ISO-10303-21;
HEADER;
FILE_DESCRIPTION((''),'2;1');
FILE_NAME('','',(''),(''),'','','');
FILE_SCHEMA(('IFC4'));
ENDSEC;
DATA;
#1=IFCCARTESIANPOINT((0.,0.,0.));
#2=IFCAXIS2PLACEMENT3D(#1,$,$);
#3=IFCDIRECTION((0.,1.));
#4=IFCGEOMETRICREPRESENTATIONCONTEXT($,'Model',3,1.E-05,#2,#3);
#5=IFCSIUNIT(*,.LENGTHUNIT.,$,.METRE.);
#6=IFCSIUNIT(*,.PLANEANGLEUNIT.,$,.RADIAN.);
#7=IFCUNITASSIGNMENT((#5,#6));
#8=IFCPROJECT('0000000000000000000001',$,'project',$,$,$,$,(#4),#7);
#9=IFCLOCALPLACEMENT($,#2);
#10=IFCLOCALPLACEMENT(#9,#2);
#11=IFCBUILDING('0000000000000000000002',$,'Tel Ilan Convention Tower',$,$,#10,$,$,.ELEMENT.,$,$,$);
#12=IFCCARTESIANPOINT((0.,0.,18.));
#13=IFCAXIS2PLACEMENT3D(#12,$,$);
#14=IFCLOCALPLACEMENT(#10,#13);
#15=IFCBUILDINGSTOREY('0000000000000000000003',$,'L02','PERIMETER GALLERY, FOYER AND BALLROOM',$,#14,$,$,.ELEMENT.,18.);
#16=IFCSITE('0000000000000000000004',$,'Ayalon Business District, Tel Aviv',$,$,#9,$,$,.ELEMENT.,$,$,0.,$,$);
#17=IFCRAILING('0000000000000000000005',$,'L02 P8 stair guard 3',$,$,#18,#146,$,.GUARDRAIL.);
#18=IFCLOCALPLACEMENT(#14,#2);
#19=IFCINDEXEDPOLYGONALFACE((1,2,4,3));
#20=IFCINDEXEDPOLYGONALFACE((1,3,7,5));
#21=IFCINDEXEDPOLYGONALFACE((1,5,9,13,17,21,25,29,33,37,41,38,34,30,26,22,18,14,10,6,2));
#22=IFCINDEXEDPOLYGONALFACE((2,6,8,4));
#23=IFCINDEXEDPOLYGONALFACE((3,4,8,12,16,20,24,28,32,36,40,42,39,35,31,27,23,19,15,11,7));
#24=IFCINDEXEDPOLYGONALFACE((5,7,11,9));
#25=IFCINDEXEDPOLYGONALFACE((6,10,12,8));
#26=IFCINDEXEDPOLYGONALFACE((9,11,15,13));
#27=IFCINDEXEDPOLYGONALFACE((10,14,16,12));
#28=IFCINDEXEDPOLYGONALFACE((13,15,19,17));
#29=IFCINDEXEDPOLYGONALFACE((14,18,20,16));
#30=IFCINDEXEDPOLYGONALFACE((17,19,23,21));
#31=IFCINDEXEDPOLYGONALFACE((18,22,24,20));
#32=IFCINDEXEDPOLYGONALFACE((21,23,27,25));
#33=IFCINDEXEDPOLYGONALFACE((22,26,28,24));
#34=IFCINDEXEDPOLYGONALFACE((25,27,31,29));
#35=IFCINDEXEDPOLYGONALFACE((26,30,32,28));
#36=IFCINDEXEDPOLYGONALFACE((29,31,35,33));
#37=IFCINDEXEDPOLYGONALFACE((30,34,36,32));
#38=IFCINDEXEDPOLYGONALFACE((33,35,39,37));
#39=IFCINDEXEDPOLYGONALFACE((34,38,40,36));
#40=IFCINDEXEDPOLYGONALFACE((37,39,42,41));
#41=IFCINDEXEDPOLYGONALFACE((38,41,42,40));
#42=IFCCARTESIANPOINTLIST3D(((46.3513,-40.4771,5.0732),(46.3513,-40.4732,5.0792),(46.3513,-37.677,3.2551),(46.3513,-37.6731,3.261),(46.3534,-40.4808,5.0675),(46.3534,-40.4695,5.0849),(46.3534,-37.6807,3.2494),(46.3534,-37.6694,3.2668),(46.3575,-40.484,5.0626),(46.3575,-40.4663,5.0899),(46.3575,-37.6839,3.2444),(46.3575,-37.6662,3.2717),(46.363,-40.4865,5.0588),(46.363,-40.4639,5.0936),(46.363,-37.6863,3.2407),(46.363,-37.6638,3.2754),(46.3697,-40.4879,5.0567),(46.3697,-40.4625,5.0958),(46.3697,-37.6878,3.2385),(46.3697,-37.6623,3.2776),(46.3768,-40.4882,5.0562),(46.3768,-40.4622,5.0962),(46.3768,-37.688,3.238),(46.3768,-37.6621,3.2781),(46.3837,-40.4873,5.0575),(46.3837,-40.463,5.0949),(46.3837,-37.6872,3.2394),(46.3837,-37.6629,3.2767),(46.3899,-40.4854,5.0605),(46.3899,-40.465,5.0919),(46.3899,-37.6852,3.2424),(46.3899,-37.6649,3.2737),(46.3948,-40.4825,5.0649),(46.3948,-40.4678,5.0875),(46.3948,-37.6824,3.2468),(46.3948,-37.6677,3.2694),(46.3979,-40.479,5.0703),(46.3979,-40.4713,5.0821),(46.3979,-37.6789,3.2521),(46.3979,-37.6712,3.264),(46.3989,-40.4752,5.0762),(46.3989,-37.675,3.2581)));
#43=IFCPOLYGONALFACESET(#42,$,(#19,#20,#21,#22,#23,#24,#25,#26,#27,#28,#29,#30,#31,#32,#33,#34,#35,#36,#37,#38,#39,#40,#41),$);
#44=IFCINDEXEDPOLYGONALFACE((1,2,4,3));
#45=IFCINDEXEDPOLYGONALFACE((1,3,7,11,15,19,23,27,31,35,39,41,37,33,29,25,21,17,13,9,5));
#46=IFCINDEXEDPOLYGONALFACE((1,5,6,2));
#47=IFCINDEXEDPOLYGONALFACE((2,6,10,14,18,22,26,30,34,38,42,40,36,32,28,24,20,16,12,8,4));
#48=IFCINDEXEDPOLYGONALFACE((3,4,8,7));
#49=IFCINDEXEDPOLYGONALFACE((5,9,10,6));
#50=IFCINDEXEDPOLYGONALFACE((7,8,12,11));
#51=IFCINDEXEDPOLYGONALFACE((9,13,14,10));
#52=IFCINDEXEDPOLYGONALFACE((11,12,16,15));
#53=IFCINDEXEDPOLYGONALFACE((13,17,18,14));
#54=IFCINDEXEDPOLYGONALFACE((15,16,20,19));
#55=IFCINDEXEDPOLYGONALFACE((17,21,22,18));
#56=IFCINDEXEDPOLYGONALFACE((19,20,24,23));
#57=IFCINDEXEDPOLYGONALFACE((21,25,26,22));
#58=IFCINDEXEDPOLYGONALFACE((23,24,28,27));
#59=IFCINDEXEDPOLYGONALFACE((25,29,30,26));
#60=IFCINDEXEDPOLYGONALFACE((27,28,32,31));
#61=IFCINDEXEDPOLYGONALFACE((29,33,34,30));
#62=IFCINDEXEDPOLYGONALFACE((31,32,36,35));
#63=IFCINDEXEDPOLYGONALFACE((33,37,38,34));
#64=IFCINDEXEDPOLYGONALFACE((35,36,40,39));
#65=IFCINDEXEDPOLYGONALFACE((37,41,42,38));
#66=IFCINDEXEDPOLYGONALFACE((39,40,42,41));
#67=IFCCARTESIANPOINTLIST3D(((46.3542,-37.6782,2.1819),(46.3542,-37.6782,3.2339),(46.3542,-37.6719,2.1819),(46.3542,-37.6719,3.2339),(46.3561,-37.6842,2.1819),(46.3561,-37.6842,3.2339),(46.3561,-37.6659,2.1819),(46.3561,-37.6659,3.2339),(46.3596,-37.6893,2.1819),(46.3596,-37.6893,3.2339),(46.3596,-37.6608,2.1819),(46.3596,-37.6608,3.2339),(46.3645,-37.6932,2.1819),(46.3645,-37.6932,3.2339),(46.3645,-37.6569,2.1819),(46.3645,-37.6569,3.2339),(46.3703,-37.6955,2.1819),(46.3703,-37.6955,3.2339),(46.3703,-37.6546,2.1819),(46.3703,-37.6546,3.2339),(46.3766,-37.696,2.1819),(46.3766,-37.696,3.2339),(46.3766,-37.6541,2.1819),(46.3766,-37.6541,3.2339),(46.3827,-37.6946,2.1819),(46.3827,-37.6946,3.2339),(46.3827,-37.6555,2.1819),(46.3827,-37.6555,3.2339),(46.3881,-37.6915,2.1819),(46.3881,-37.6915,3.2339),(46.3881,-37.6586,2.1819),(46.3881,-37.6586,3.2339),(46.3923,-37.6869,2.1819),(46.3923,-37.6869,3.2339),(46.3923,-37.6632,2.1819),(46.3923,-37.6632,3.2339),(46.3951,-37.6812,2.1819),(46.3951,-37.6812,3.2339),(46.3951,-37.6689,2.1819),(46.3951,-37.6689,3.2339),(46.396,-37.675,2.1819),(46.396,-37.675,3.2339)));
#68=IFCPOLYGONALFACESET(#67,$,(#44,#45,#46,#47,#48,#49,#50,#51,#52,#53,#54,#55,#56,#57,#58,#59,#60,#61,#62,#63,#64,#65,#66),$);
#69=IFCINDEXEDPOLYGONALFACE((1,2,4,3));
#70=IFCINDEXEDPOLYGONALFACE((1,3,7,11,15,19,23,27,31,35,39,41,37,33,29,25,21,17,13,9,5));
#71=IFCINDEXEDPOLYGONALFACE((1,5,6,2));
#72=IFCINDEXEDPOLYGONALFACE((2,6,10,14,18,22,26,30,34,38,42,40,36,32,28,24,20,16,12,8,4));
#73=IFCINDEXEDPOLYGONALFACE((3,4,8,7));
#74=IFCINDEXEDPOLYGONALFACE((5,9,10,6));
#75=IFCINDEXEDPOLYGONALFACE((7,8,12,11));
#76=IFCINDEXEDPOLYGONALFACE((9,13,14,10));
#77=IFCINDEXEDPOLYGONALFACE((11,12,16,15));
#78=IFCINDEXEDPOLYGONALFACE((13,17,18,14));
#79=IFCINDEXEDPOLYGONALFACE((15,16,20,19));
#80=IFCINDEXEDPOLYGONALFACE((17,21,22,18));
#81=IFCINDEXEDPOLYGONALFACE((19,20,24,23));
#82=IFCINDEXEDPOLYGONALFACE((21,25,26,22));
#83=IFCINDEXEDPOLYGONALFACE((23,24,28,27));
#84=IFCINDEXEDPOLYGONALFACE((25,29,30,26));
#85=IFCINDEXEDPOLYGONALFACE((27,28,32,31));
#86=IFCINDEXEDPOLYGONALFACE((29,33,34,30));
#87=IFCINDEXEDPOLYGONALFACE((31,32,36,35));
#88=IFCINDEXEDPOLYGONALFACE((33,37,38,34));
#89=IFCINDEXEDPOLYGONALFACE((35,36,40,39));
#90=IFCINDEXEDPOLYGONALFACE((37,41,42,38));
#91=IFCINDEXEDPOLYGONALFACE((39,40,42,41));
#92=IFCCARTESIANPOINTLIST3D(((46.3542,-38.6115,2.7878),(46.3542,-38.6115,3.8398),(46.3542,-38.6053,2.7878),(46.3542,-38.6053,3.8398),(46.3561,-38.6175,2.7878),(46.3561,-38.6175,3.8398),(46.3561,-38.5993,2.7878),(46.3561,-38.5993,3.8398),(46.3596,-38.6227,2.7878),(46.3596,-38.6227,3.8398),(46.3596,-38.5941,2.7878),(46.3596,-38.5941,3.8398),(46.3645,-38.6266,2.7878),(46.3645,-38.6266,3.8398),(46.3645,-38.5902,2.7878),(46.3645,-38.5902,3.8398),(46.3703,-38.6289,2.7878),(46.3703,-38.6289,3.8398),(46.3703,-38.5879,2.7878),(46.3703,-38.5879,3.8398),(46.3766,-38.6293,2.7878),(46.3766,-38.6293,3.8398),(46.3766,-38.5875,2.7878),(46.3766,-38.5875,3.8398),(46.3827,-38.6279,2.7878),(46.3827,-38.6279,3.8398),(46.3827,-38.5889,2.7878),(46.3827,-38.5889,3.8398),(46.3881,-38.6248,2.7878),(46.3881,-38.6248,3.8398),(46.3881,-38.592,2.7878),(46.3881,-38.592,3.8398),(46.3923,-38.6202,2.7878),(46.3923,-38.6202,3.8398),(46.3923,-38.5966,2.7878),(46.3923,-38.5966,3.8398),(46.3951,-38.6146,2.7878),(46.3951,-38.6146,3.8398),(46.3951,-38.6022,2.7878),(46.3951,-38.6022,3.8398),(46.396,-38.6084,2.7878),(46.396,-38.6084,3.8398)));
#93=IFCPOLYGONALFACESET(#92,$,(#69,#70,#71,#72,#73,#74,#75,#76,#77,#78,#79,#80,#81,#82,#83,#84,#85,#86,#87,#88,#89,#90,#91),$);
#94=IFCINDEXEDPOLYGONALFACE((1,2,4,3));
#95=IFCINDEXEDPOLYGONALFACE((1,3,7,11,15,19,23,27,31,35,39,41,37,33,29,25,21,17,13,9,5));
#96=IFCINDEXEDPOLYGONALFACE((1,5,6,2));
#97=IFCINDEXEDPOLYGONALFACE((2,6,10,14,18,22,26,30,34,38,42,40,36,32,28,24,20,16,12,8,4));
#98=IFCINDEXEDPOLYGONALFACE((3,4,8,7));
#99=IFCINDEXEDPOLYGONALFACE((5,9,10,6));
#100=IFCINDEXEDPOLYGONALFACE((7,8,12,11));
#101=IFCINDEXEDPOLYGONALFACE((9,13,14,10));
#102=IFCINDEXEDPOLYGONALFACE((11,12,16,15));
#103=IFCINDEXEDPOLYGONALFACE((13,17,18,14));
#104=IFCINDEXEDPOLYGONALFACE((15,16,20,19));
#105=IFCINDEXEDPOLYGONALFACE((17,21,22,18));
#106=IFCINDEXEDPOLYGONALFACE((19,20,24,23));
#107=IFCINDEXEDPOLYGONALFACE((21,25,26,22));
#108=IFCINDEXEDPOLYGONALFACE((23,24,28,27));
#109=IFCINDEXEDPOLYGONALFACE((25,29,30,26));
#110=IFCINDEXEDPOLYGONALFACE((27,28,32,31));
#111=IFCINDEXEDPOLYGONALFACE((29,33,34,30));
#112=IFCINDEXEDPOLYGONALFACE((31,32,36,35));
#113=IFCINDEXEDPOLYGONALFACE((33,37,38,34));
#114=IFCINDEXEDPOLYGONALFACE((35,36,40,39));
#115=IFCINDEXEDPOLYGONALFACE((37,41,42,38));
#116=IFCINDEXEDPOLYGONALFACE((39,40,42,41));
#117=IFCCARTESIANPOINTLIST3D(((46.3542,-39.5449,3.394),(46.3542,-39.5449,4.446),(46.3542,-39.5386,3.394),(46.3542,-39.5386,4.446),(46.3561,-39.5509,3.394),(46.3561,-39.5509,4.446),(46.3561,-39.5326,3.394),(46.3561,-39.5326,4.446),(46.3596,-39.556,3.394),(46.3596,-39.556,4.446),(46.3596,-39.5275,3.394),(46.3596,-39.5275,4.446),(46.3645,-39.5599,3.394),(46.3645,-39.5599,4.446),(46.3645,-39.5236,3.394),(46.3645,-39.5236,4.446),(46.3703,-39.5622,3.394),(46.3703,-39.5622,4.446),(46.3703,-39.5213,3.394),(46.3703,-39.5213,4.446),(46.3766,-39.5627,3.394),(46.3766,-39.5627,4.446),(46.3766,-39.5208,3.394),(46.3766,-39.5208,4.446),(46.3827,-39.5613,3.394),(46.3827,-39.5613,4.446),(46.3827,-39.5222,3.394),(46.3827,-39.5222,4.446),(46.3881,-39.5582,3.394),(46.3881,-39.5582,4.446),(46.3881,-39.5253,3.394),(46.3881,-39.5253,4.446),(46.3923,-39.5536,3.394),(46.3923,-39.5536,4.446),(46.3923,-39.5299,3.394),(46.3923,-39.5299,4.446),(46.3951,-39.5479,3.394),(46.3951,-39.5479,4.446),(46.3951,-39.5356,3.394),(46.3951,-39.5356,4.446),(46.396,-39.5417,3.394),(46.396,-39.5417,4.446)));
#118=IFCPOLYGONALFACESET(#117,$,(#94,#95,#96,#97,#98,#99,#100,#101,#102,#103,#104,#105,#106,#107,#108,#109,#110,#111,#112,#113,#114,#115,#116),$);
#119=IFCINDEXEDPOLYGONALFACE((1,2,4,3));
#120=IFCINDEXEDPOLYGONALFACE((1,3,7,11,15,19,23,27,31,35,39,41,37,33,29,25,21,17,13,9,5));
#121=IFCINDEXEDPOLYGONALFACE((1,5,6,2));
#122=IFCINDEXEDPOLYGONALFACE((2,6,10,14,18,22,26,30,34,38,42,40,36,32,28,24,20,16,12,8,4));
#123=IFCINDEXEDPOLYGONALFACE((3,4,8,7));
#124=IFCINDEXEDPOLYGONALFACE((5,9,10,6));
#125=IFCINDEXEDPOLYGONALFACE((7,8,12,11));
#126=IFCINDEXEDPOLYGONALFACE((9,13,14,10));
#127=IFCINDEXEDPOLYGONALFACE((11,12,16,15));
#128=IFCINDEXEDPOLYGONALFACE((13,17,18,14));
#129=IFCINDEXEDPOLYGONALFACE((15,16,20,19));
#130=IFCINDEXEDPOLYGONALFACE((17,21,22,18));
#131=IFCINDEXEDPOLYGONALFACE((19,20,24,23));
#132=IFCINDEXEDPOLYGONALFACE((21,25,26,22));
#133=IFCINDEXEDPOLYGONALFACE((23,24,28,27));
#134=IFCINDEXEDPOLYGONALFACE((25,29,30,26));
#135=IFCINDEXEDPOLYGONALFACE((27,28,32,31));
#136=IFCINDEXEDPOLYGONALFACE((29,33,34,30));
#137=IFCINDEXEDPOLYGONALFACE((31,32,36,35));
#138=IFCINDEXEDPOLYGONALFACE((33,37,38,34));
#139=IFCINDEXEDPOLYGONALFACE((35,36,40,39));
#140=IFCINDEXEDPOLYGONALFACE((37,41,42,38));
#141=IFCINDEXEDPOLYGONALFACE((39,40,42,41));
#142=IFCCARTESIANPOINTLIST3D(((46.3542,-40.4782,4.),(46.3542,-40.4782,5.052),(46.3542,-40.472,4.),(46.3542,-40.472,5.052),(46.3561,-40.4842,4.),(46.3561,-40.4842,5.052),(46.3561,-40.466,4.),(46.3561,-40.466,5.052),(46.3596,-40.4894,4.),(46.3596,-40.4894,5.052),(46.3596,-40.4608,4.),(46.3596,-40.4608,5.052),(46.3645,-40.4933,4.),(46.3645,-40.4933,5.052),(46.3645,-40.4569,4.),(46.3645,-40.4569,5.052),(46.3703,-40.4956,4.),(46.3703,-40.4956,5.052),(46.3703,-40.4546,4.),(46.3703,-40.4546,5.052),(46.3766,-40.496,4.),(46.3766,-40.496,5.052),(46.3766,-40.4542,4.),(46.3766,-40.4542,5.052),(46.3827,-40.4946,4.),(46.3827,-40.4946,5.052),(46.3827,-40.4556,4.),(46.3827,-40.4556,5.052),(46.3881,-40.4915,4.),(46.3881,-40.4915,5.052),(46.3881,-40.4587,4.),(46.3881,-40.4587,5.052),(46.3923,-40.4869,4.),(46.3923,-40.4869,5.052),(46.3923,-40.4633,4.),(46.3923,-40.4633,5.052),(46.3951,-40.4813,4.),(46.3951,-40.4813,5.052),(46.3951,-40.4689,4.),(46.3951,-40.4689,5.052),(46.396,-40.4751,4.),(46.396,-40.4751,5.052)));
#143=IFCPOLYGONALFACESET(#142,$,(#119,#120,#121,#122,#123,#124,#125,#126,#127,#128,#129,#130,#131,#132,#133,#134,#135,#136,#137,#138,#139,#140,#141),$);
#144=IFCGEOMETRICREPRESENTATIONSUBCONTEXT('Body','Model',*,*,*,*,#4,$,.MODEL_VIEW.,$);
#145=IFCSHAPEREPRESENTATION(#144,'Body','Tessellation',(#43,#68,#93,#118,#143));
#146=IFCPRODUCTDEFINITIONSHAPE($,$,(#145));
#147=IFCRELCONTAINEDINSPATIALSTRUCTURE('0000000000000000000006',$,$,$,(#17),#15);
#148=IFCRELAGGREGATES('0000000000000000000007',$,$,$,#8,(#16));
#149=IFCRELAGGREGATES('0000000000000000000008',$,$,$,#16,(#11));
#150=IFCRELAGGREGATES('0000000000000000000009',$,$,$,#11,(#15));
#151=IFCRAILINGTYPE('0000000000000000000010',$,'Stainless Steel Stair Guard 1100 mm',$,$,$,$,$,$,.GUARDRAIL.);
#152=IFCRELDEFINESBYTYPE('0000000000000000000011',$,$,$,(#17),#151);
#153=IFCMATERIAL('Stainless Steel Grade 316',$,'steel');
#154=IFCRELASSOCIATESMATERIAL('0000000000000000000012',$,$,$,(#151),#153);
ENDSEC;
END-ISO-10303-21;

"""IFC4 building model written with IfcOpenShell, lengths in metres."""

from ifc_helpers import new_model, si_unit, direction, frame, origin, origin_2d, place, context, subcontext, project, spatial, circle, extrude, material, type_object, element, save


model = new_model("IFC4")

# Units and contexts
model_context = context("Model", 3, precision=1e-05, world=origin(), true_north=direction((0.0, 1.0)))
body_context = subcontext(model_context, "Body", "Model", "MODEL_VIEW")
ifc_project = project(units=[si_unit("LENGTHUNIT", "METRE"), si_unit("PLANEANGLEUNIT", "RADIAN")], contexts=[model_context])

# Site, building, storey
site_placement = place(None, origin())
site = spatial("IfcSite", under=ifc_project, at=site_placement, Name="Ayalon Business District, Tel Aviv", CompositionType="ELEMENT", RefElevation=0.0)
building_placement = place(site_placement, origin())
building = spatial("IfcBuilding", under=site, at=building_placement, Name="Tel Ilan Convention Tower", CompositionType="ELEMENT")
storey_placement = place(building_placement, frame((0.0, 0.0, 18.0)))
storey = spatial("IfcBuildingStorey", under=building, at=storey_placement, Name="L02", Description="PERIMETER GALLERY, FOYER AND BALLROOM", CompositionType="ELEMENT", Elevation=18.0)

# Railing
ifc_material_1 = material(Name="Stainless Steel Grade 316", Category="steel")
railing_type_1 = type_object("IfcRailingType", Name="Stainless Steel Stair Guard 1100 mm", PredefinedType="GUARDRAIL", material=ifc_material_1)
railing_1_placement = place(storey_placement, frame((46.375, -37.675, 2.1819)))
element("IfcRailing", 1, at=railing_1_placement, inside=storey, type_object=railing_type_1, Name="L02 P8 stair guard 3", PredefinedType="GUARDRAIL", context=body_context, shape_type="SweptSolid", body=[
    extrude(circle(Radius=0.0239, at=origin_2d()), frame((0.0, 0.0, 1.0762), z_axis=(0.0, -0.838706, 0.544585), x_axis=(1.0, 0.0, 0.0)), (0.0, 0.0, 1.0), 3.3386),
    extrude(circle(Radius=0.021, at=origin_2d()), origin(), (0.0, 0.0, 1.0), 1.052),
    extrude(circle(Radius=0.021, at=origin_2d()), frame((0.0, -0.9333, 0.606)), (0.0, 0.0, 1.0), 1.052),
    extrude(circle(Radius=0.021, at=origin_2d()), frame((0.0, -1.8667, 1.2122)), (0.0, 0.0, 1.0), 1.052),
    extrude(circle(Radius=0.021, at=origin_2d()), frame((0.0, -2.8, 1.8181)), (0.0, 0.0, 1.0), 1.052),
])

save(model, "model.ifc")
